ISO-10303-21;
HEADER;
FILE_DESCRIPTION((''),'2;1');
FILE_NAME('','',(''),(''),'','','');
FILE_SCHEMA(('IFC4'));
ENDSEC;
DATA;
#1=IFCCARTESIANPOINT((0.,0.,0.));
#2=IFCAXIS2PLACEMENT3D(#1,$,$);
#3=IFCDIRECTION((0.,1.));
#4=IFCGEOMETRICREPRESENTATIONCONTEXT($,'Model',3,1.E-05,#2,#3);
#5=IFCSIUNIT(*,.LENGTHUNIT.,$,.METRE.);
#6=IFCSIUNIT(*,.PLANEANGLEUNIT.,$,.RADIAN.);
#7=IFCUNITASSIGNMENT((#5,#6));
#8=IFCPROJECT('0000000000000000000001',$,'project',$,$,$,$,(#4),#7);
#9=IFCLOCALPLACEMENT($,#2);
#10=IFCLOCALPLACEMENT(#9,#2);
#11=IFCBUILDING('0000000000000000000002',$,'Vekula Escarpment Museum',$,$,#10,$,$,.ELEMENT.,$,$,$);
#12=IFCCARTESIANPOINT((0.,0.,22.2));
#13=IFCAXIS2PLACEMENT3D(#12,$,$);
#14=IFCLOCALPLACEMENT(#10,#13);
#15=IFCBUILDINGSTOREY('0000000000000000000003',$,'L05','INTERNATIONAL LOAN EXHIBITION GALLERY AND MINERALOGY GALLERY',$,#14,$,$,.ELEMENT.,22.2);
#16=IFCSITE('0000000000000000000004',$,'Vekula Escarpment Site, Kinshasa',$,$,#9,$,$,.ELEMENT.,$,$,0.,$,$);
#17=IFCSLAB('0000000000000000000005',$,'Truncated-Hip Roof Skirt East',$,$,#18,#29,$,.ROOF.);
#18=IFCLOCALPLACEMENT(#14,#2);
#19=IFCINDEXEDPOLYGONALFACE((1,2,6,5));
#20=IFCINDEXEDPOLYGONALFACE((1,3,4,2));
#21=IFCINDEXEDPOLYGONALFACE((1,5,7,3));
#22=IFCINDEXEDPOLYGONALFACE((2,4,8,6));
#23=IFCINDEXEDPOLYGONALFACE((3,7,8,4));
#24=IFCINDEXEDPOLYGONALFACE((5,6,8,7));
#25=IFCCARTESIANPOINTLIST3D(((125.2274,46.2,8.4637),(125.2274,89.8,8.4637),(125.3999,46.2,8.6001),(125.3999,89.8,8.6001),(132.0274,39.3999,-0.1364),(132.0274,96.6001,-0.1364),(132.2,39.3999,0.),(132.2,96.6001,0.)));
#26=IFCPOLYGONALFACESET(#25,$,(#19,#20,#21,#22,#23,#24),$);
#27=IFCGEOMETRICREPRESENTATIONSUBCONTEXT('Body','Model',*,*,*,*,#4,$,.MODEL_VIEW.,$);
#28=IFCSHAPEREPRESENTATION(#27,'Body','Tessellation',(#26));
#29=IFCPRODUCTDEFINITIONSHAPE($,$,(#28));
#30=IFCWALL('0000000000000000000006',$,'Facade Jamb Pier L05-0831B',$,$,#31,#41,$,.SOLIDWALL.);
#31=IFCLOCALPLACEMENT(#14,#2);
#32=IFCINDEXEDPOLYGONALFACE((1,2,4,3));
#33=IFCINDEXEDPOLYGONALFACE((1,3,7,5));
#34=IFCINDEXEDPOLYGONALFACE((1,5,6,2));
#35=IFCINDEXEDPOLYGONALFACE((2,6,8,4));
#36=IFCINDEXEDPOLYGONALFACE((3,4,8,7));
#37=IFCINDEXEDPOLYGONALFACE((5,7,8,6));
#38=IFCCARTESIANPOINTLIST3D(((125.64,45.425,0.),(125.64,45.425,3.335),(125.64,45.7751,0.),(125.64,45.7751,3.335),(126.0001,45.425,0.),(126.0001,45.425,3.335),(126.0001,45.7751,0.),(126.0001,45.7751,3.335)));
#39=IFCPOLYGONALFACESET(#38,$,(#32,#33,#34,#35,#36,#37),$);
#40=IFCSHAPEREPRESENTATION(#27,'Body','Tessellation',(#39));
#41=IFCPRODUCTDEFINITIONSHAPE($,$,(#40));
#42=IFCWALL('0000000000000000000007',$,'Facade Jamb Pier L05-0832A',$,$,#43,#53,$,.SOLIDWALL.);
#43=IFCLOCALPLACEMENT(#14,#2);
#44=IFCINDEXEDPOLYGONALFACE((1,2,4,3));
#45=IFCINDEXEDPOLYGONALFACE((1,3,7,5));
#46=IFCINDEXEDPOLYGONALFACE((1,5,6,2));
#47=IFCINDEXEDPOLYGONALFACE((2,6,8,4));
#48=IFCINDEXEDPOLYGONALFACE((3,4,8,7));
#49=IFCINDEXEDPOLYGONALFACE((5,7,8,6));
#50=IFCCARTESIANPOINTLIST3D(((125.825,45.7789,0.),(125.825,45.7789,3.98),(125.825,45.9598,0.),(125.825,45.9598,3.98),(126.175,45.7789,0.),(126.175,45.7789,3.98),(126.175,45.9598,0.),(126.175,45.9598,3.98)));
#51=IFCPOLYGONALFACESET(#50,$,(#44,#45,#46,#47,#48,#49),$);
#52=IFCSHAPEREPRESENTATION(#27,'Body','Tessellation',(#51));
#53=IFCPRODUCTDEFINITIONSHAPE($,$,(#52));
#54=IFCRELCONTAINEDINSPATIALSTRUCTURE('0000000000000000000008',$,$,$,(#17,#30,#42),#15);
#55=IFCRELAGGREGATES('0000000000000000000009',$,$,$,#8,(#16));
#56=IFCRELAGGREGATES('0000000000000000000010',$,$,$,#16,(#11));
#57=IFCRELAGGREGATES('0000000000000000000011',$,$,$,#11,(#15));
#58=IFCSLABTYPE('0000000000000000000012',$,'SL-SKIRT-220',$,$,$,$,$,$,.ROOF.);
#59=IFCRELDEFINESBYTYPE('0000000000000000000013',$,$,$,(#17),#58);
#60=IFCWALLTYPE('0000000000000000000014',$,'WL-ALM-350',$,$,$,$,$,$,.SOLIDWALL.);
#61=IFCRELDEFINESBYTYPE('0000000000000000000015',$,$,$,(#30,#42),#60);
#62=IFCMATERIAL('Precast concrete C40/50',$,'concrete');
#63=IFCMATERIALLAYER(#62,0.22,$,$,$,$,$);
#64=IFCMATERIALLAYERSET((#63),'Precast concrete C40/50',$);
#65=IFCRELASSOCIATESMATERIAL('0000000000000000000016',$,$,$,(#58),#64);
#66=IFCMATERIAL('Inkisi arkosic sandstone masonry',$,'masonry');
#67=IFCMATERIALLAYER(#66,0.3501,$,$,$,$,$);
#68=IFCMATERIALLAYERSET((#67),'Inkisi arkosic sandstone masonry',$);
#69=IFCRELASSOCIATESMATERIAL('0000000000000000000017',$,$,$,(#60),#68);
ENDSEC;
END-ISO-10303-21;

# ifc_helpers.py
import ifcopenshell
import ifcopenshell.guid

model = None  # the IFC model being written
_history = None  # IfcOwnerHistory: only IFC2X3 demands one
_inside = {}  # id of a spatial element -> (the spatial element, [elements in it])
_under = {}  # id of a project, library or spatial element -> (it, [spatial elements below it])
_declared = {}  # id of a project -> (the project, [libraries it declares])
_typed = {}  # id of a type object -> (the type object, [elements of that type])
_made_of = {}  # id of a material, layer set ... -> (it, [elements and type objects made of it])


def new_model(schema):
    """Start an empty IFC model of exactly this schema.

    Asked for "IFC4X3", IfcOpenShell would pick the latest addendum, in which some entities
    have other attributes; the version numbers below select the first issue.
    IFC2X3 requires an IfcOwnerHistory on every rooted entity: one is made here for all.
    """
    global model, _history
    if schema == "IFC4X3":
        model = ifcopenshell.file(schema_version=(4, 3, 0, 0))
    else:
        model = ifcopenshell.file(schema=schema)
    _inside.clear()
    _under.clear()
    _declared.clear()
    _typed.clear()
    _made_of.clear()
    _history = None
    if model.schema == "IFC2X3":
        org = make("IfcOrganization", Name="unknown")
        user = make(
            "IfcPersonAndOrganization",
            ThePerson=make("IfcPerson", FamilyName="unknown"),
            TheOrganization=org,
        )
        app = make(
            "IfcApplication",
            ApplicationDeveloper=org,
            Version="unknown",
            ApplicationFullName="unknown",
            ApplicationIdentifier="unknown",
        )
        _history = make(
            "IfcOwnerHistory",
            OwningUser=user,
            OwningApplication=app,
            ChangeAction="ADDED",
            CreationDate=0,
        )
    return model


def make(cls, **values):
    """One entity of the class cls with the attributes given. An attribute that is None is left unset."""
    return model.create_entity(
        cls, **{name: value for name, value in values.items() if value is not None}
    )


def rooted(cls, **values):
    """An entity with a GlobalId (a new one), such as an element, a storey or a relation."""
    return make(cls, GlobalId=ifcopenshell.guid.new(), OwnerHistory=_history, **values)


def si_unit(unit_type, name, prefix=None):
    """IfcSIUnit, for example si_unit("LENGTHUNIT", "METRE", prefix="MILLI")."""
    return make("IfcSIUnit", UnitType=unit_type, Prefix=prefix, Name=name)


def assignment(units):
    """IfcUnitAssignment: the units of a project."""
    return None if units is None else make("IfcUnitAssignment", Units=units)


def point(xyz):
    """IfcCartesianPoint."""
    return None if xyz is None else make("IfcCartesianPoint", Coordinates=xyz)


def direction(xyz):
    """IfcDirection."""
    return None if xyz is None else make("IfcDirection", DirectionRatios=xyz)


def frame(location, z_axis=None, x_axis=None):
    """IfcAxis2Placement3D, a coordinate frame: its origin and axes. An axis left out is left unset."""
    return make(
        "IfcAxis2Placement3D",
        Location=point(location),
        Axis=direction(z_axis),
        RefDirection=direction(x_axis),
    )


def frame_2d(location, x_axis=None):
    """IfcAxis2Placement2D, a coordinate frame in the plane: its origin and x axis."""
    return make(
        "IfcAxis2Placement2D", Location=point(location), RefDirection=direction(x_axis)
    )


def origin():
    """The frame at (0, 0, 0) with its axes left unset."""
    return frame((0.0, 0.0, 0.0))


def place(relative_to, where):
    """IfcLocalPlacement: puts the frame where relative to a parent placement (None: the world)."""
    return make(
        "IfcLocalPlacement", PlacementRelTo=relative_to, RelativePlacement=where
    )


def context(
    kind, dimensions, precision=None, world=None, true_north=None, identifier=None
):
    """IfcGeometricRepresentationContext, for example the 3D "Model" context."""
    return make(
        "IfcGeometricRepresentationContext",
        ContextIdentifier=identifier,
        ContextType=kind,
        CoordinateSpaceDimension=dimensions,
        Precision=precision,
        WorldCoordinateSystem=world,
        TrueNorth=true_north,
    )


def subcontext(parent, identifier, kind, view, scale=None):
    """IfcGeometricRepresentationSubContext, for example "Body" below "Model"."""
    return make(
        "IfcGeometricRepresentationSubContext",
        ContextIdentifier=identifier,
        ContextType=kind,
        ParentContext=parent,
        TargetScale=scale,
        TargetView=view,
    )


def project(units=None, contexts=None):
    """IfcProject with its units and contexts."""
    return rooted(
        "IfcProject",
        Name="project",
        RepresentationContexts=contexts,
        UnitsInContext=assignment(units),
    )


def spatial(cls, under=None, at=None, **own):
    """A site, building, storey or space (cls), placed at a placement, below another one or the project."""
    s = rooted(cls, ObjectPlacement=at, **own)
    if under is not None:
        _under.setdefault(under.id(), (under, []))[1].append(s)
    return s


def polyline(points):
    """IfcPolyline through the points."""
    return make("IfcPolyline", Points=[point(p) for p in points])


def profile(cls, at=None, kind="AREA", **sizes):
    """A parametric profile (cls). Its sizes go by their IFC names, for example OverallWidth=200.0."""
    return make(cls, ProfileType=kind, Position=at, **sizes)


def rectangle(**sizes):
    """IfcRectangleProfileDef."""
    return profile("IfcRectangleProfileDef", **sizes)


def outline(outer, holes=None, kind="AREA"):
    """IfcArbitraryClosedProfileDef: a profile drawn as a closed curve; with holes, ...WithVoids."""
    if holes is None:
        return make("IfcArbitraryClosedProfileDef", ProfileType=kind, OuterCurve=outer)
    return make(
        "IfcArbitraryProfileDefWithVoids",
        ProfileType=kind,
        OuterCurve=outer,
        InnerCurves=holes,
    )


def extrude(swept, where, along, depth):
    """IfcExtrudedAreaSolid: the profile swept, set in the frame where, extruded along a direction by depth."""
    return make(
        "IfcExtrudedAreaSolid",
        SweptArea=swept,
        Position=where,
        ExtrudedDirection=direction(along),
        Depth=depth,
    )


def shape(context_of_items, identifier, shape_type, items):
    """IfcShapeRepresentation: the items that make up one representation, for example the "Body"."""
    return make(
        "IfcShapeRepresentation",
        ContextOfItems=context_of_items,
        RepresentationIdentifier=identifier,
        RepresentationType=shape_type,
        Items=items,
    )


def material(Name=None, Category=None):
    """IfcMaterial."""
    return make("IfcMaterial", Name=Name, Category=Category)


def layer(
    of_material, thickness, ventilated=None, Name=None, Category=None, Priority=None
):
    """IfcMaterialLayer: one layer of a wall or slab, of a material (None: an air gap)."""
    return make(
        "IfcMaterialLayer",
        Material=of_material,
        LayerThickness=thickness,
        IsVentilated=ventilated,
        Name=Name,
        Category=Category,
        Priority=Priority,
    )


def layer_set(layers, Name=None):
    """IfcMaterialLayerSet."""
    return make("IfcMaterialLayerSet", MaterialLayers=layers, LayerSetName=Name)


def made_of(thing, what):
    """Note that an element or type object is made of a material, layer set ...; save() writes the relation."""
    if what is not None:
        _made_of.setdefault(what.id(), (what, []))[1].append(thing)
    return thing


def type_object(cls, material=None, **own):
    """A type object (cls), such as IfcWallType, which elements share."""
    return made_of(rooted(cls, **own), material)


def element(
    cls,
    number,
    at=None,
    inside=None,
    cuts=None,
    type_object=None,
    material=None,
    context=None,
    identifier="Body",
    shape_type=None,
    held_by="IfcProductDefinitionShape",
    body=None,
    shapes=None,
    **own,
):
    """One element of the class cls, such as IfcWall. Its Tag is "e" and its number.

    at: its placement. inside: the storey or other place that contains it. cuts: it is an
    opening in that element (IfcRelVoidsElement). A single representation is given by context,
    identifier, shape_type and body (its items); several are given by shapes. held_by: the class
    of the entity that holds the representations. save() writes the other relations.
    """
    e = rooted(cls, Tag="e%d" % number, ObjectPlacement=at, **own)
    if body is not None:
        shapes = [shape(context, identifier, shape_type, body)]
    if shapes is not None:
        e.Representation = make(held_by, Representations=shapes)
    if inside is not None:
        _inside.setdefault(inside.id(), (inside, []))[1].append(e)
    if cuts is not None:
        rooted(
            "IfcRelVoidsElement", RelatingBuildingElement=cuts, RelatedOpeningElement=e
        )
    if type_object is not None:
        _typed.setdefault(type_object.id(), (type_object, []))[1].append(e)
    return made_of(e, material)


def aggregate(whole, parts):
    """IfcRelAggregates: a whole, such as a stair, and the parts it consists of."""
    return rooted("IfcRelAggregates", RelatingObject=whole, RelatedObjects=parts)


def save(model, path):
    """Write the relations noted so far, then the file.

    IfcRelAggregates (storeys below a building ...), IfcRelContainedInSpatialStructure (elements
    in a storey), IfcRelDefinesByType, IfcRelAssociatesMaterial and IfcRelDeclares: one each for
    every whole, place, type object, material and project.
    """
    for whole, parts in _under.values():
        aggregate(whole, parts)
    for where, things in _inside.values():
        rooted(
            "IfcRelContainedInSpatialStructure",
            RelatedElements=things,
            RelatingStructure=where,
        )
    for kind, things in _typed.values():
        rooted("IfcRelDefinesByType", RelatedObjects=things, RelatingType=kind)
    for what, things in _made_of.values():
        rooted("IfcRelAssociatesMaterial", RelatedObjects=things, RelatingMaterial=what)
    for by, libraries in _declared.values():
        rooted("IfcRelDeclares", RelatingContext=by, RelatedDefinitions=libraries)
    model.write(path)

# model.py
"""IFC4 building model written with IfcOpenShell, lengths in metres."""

from ifc_helpers import new_model, si_unit, direction, frame, frame_2d, origin, place, context, subcontext, project, spatial, polyline, rectangle, outline, extrude, material, layer, layer_set, type_object, element, save


model = new_model("IFC4")

# Units and contexts
model_context = context("Model", 3, precision=1e-05, world=origin(), true_north=direction((0.0, 1.0)))
body_context = subcontext(model_context, "Body", "Model", "MODEL_VIEW")
ifc_project = project(units=[si_unit("LENGTHUNIT", "METRE"), si_unit("PLANEANGLEUNIT", "RADIAN")], contexts=[model_context])

# Site, building, storey
site_placement = place(None, origin())
site = spatial("IfcSite", under=ifc_project, at=site_placement, Name="Vekula Escarpment Site, Kinshasa", CompositionType="ELEMENT", RefElevation=0.0)
building_placement = place(site_placement, origin())
building = spatial("IfcBuilding", under=site, at=building_placement, Name="Vekula Escarpment Museum", CompositionType="ELEMENT")
storey_placement = place(building_placement, frame((0.0, 0.0, 22.2)))
storey = spatial("IfcBuildingStorey", under=building, at=storey_placement, Name="L05", Description="INTERNATIONAL LOAN EXHIBITION GALLERY AND MINERALOGY GALLERY", CompositionType="ELEMENT", Elevation=22.2)

# Slab
ifc_material_1 = material(Name="Precast concrete C40/50", Category="concrete")
ifc_layer_1 = layer(ifc_material_1, 0.22)
ifc_layer_set_1 = layer_set([ifc_layer_1], Name="Precast concrete C40/50")
slab_type = type_object("IfcSlabType", Name="SL-SKIRT-220", PredefinedType="ROOF", material=ifc_layer_set_1)
slab_placement = place(storey_placement, frame((132.2, 39.3999, 0.0), z_axis=(0.784417, 0.0, 0.620234), x_axis=(0.0, 1.0, 0.0)))
element("IfcSlab", 1, at=slab_placement, inside=storey, type_object=slab_type, Name="Truncated-Hip Roof Skirt East", PredefinedType="ROOF", context=body_context, shape_type="SweptSolid", body=[
    extrude(outline(polyline([(0.0, 0.0), (57.2002, 0.0), (50.4001, 10.9637), (6.8, 10.9637), (0.0, 0.0)])), origin(), (0.0, 0.0, -1.0), 0.22),
])

# Walls
ifc_material_2 = material(Name="Inkisi arkosic sandstone masonry", Category="masonry")
ifc_layer_2 = layer(ifc_material_2, 0.3501)
ifc_layer_set_2 = layer_set([ifc_layer_2], Name="Inkisi arkosic sandstone masonry")
wall_type = type_object("IfcWallType", Name="WL-ALM-350", PredefinedType="SOLIDWALL", material=ifc_layer_set_2)
wall_1_placement = place(storey_placement, frame((125.6399, 45.6001, 0.0), z_axis=(0.0, 0.0, 1.0), x_axis=(1.0, 0.0, 0.0)))
element("IfcWall", 2, at=wall_1_placement, inside=storey, type_object=wall_type, Name="Facade Jamb Pier L05-0831B", PredefinedType="SOLIDWALL", context=body_context, shape_type="SweptSolid", body=[
    extrude(rectangle(XDim=0.3601, YDim=0.3501, at=frame_2d((0.1802, 0.0))), origin(), (0.0, 0.0, 1.0), 3.335),
])
wall_2_placement = place(storey_placement, frame((126.0, 45.7791, 0.0), z_axis=(0.0, 0.0, 1.0), x_axis=(0.0, 1.0, 0.0)))
element("IfcWall", 3, at=wall_2_placement, inside=storey, type_object=wall_type, Name="Facade Jamb Pier L05-0832A", PredefinedType="SOLIDWALL", context=body_context, shape_type="SweptSolid", body=[
    extrude(rectangle(XDim=0.1809, YDim=0.3501, at=frame_2d((0.0903, 0.0))), origin(), (0.0, 0.0, 1.0), 3.98),
])

save(model, "model.ifc")
